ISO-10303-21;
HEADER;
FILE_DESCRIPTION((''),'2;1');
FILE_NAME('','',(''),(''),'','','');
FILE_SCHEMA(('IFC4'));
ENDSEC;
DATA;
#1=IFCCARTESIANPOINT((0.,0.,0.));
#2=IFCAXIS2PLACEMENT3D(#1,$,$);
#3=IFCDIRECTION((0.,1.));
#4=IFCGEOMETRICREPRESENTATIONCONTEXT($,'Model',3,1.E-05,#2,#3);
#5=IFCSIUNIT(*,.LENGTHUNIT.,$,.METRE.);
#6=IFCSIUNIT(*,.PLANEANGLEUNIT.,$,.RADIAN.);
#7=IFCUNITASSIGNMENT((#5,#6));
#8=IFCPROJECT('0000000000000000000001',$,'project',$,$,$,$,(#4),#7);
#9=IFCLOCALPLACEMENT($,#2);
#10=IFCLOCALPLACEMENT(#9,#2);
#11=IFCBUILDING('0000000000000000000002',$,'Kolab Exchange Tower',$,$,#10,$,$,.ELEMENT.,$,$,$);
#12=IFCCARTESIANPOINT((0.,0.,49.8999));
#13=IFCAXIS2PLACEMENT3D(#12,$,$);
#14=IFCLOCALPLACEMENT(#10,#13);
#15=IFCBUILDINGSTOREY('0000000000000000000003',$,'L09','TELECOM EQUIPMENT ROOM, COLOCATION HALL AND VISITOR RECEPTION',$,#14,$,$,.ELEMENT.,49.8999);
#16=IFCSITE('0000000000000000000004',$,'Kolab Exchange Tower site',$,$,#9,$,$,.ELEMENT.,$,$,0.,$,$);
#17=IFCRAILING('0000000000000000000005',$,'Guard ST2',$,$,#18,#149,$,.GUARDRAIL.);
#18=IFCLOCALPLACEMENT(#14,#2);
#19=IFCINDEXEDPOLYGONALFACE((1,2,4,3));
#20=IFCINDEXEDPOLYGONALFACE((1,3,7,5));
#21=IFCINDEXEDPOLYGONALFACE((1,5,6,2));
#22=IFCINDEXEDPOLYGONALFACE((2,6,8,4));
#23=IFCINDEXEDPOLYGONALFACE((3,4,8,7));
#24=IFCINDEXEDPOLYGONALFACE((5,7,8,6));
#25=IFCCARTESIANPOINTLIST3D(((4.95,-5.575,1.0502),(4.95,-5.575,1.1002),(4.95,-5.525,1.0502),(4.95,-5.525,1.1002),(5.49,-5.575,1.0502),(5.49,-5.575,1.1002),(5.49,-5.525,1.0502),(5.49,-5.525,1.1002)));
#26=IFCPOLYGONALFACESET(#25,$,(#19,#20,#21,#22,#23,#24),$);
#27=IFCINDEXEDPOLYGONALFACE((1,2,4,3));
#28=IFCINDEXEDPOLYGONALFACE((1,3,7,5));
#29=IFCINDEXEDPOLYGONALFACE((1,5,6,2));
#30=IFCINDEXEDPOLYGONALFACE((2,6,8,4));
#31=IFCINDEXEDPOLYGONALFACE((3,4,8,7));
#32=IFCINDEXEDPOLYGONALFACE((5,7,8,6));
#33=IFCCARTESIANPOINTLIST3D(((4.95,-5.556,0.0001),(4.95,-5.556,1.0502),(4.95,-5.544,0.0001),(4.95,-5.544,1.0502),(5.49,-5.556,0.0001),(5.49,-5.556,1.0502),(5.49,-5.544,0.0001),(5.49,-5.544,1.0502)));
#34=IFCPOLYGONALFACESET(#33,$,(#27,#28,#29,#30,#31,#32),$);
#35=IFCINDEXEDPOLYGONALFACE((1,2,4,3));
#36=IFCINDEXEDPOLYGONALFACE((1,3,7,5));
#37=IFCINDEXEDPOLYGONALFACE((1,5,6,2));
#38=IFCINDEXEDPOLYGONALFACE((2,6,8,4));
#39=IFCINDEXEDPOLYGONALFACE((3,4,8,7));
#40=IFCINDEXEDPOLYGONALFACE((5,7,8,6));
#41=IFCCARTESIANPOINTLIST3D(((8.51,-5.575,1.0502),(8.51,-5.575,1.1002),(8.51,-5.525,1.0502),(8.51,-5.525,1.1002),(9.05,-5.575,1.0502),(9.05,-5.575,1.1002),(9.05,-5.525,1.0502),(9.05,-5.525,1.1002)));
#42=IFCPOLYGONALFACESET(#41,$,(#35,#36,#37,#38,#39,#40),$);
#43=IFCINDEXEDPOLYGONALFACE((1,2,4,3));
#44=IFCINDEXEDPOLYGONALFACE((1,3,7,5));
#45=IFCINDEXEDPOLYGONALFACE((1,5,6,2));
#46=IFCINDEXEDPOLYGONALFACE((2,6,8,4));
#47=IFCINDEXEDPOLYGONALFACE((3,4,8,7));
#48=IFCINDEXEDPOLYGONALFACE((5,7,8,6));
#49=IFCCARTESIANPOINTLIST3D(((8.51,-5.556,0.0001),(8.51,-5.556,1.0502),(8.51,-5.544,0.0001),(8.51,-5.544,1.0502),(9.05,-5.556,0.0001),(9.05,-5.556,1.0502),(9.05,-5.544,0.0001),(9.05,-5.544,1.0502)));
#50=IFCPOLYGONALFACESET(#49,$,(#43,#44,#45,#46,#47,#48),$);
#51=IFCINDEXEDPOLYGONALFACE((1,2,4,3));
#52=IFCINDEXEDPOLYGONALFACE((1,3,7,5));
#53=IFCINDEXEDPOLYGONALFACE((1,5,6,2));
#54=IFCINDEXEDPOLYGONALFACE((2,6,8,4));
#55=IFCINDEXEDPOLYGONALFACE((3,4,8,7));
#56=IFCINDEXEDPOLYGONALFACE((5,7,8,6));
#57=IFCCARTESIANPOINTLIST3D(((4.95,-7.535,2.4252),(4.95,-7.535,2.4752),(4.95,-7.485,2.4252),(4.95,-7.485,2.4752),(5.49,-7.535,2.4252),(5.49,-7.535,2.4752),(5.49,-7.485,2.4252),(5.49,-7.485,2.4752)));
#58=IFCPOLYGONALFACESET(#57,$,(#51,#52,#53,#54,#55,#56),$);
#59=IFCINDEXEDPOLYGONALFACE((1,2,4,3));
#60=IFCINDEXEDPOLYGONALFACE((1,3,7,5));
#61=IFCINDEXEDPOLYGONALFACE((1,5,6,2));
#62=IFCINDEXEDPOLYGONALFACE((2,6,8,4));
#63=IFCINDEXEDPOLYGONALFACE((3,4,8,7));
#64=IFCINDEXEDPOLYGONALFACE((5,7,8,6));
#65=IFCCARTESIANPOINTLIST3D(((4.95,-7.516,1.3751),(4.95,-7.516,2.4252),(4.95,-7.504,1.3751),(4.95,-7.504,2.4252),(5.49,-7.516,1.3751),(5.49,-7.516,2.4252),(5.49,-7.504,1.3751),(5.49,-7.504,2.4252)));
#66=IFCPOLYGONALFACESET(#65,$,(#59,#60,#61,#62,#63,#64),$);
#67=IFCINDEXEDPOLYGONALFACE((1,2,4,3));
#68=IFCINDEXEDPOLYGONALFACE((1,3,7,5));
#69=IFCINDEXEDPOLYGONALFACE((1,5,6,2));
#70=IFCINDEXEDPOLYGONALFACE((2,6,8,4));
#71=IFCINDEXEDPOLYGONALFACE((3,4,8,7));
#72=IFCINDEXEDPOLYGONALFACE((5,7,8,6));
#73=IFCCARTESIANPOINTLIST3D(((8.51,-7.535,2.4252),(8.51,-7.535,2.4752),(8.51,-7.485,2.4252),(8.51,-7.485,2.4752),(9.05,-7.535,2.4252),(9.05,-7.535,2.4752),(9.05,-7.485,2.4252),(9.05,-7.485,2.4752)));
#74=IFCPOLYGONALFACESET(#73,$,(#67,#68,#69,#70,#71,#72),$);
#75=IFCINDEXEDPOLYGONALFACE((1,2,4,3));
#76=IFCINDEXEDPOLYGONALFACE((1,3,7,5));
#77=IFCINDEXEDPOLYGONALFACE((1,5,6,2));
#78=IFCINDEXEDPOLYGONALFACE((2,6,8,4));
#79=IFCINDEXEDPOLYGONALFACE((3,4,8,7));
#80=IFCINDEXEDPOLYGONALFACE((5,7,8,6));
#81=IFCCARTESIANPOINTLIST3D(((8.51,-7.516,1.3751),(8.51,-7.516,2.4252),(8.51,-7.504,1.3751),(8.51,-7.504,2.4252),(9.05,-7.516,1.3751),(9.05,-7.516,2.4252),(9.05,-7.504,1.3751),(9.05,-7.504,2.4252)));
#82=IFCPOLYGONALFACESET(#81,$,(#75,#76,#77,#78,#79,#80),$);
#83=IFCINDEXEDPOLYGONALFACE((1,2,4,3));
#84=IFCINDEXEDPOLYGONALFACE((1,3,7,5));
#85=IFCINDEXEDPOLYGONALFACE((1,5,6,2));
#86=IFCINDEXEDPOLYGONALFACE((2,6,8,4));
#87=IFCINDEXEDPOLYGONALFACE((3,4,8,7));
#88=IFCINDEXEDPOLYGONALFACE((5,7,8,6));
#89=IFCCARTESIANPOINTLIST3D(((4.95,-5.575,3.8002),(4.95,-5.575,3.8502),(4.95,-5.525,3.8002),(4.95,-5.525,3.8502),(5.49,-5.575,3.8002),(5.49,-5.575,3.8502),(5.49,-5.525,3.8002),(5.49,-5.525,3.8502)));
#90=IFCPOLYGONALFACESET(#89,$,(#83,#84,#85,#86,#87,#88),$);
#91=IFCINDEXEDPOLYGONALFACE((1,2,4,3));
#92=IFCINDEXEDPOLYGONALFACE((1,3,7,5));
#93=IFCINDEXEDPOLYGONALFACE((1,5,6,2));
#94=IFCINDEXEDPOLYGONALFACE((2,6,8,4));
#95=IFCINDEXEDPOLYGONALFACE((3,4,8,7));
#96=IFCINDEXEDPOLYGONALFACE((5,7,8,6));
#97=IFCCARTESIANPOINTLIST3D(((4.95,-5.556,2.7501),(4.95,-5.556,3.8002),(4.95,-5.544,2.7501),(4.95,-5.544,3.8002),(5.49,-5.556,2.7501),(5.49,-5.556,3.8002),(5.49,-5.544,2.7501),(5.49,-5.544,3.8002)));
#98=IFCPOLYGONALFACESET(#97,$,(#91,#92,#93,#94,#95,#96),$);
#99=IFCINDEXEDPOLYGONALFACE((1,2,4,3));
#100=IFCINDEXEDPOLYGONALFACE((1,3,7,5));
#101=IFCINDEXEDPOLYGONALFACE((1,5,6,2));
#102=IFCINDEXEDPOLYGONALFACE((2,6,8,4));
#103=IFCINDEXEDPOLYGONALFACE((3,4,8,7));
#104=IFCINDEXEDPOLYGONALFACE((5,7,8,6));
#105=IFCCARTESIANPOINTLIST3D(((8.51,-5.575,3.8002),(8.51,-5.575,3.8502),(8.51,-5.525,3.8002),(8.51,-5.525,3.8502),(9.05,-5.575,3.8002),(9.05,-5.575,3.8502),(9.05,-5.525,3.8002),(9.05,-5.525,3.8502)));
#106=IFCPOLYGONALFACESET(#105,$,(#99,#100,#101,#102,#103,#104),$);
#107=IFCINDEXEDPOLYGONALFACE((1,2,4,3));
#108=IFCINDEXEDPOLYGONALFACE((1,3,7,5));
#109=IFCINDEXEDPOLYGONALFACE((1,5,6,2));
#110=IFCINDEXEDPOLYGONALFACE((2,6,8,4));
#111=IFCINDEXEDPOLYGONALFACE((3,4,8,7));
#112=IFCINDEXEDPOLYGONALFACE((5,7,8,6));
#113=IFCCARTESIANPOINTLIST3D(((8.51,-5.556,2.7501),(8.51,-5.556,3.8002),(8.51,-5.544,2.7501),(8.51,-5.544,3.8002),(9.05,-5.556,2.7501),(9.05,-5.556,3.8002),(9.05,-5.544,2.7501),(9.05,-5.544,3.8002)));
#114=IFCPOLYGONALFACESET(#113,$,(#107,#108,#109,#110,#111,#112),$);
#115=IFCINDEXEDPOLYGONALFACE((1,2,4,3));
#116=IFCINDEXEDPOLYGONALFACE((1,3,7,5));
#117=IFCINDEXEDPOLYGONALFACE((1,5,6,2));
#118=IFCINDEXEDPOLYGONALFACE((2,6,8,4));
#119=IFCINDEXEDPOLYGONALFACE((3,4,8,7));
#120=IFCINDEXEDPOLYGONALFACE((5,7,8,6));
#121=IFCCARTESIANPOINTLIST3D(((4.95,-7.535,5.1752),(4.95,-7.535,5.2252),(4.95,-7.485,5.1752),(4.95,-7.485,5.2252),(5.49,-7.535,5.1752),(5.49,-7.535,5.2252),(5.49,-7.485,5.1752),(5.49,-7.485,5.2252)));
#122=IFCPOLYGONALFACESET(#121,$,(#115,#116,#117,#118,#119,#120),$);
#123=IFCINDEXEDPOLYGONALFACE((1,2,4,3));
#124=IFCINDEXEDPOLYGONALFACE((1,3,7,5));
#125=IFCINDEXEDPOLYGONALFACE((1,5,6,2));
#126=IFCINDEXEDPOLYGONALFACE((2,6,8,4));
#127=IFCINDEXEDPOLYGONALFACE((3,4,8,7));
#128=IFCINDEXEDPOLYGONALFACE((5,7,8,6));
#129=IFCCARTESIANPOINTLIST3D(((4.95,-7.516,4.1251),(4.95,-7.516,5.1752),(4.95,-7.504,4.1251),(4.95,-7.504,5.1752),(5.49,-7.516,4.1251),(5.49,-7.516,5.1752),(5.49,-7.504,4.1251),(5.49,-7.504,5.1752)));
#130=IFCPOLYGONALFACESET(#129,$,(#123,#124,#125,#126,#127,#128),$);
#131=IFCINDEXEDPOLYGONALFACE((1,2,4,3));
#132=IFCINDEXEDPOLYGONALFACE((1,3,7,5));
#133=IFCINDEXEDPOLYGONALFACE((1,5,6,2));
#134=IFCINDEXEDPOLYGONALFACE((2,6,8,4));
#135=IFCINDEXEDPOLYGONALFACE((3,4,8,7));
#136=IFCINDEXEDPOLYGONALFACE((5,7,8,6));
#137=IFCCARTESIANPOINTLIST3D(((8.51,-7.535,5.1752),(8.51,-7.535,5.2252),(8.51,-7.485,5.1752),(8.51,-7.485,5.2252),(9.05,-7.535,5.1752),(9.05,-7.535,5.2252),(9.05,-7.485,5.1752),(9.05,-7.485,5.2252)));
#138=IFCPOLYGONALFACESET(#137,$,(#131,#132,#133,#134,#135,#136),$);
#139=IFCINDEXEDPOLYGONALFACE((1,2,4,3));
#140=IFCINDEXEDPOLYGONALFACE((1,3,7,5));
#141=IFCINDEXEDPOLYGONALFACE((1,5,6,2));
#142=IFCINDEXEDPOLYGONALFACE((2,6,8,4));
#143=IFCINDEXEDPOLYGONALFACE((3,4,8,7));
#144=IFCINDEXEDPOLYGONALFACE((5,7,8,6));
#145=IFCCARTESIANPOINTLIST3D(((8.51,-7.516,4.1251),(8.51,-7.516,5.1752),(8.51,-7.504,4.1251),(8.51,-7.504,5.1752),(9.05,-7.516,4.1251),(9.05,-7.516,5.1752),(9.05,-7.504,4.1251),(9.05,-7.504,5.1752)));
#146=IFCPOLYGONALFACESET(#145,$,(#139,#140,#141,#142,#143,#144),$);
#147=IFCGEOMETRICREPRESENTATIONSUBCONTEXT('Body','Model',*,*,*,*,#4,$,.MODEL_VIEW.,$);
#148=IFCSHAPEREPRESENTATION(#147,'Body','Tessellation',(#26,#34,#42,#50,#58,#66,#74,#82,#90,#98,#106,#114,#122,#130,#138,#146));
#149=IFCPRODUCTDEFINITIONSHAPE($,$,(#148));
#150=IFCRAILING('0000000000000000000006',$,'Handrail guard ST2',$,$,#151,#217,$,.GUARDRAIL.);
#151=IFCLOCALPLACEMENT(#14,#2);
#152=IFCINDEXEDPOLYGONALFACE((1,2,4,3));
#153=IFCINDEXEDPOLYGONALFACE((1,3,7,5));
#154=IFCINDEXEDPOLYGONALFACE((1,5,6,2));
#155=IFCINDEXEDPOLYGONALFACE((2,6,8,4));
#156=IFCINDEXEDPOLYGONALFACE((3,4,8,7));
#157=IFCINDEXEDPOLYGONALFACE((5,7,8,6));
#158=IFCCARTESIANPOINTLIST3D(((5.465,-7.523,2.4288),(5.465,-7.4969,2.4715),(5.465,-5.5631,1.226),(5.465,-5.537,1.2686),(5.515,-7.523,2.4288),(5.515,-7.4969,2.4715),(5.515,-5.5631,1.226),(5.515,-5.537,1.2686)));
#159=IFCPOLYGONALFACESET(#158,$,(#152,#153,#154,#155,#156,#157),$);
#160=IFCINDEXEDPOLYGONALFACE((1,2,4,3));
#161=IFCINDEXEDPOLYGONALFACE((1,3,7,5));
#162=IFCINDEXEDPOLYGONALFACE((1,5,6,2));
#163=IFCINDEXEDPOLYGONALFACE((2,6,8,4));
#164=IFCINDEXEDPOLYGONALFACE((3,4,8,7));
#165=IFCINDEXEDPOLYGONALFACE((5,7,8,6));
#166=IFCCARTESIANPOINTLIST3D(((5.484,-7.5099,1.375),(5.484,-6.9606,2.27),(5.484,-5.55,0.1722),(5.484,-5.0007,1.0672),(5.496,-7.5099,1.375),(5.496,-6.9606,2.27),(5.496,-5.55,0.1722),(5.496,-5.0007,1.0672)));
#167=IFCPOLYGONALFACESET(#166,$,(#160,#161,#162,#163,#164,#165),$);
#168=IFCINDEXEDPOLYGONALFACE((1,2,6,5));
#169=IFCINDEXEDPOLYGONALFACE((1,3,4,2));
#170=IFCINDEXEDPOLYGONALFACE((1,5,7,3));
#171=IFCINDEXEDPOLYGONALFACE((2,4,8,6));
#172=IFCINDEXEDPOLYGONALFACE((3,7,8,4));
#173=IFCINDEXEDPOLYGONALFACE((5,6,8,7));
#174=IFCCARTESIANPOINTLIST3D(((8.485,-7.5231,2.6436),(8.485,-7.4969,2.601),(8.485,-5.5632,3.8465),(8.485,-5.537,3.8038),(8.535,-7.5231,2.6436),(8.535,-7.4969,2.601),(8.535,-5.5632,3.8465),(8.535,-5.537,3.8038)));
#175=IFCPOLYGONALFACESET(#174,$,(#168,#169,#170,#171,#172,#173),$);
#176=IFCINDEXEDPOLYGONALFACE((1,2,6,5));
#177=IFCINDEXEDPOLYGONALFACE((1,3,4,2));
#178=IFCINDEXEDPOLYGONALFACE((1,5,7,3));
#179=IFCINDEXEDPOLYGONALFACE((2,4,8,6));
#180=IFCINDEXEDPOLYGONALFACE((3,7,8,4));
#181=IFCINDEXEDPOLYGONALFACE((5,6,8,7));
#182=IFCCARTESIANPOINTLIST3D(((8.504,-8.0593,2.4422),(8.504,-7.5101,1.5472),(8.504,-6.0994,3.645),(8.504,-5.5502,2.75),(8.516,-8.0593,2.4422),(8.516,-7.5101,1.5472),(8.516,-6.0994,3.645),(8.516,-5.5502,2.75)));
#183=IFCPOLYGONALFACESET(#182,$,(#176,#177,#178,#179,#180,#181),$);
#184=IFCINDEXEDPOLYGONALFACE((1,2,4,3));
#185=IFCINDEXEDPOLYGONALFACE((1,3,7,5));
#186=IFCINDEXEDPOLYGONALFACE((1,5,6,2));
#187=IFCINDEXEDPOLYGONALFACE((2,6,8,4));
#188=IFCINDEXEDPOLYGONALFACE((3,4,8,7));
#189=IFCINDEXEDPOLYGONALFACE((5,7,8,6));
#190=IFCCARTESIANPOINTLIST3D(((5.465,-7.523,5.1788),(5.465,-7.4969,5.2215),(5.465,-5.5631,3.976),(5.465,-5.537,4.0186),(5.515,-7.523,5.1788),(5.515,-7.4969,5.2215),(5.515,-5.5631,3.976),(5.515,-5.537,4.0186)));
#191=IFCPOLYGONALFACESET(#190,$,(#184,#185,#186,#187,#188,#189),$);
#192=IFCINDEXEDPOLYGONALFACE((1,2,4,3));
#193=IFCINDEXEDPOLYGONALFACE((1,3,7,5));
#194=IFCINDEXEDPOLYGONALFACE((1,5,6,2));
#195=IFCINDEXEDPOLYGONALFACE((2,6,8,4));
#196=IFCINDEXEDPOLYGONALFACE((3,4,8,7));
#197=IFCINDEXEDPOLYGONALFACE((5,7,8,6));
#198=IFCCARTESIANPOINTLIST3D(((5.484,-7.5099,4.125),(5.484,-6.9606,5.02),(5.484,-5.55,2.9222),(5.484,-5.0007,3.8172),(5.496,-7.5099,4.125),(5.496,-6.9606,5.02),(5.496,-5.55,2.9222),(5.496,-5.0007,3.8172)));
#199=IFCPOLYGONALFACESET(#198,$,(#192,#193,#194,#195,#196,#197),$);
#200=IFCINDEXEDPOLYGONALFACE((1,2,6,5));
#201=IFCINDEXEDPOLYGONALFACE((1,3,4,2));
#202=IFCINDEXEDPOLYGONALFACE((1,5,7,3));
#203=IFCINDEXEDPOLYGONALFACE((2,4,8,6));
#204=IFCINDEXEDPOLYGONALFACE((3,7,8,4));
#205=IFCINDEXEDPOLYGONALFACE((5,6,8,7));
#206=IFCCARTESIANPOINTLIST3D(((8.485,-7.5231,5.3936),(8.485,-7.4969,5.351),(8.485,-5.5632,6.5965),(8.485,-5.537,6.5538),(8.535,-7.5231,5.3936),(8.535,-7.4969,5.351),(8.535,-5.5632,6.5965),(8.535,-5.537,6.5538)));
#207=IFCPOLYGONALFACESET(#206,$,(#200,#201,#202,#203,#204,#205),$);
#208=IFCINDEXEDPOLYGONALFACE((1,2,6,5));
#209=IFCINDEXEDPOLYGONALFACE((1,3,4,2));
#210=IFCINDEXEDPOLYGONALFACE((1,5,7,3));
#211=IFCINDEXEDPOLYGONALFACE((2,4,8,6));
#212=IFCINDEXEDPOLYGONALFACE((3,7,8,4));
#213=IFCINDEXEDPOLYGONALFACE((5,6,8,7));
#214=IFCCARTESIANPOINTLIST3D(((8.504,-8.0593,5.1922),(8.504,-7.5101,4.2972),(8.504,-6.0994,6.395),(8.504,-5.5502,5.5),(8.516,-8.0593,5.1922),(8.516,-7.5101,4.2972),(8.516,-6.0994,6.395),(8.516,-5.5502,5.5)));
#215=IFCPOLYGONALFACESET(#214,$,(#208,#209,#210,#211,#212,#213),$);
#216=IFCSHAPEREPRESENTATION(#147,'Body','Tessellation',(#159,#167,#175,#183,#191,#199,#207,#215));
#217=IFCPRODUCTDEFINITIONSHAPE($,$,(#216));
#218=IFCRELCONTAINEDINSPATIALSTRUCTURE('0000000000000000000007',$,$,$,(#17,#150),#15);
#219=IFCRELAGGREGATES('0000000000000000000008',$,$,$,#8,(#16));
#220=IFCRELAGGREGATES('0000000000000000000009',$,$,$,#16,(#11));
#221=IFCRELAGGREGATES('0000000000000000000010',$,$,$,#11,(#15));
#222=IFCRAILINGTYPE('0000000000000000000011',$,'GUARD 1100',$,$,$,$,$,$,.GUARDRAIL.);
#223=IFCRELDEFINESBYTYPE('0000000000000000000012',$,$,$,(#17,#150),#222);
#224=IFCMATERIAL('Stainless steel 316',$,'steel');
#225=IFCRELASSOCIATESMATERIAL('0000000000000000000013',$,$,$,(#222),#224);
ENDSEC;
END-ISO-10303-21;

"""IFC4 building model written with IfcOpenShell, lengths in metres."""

from ifc_helpers import new_model, si_unit, direction, frame, frame_2d, origin, origin_2d, place, context, subcontext, project, spatial, rectangle, extrude, material, type_object, element, save


model = new_model("IFC4")

# Units and contexts
model_context = context("Model", 3, precision=1e-05, world=origin(), true_north=direction((0.0, 1.0)))
body_context = subcontext(model_context, "Body", "Model", "MODEL_VIEW")
ifc_project = project(units=[si_unit("LENGTHUNIT", "METRE"), si_unit("PLANEANGLEUNIT", "RADIAN")], contexts=[model_context])

# Site, building, storey
site_placement = place(None, origin())
site = spatial("IfcSite", under=ifc_project, at=site_placement, Name="Kolab Exchange Tower site", CompositionType="ELEMENT", RefElevation=0.0)
building_placement = place(site_placement, origin())
building = spatial("IfcBuilding", under=site, at=building_placement, Name="Kolab Exchange Tower", CompositionType="ELEMENT")
storey_placement = place(building_placement, frame((0.0, 0.0, 49.8999)))
storey = spatial("IfcBuildingStorey", under=building, at=storey_placement, Name="L09", Description="TELECOM EQUIPMENT ROOM, COLOCATION HALL AND VISITOR RECEPTION", CompositionType="ELEMENT", Elevation=49.8999)

# Shared definitions
ifc_material_1 = material(Name="Stainless steel 316", Category="steel")

# Railings
railing_type = type_object("IfcRailingType", Name="GUARD 1100", PredefinedType="GUARDRAIL", material=ifc_material_1)
railing_1_placement = place(storey_placement, frame((4.95, -5.55, 0.0)))
element("IfcRailing", 1, at=railing_1_placement, inside=storey, type_object=railing_type, Name="Guard ST2", PredefinedType="GUARDRAIL", context=body_context, shape_type="SweptSolid", body=[
    extrude(rectangle(XDim=0.05, YDim=0.05, at=origin_2d()), frame((0.0, 0.0, 1.0752), z_axis=(1.0, 0.0, 0.0), x_axis=(0.0, 1.0, 0.0)), (0.0, 0.0, 1.0), 0.54),
    extrude(rectangle(XDim=0.012, YDim=1.0501, at=frame_2d((0.0, 0.5251))), frame((0.0, 0.0, 0.0), z_axis=(1.0, 0.0, 0.0), x_axis=(0.0, 1.0, 0.0)), (0.0, 0.0, 1.0), 0.54),
    extrude(rectangle(XDim=0.05, YDim=0.05, at=origin_2d()), frame((3.5601, 0.0, 1.0752), z_axis=(1.0, 0.0, 0.0), x_axis=(0.0, 1.0, 0.0)), (0.0, 0.0, 1.0), 0.54),
    extrude(rectangle(XDim=0.012, YDim=1.0501, at=frame_2d((0.0, 0.5251))), frame((3.5601, 0.0, 0.0), z_axis=(1.0, 0.0, 0.0), x_axis=(0.0, 1.0, 0.0)), (0.0, 0.0, 1.0), 0.54),
    extrude(rectangle(XDim=0.05, YDim=0.05, at=origin_2d()), frame((0.0, -1.96, 2.4502), z_axis=(1.0, 0.0, 0.0), x_axis=(0.0, 1.0, 0.0)), (0.0, 0.0, 1.0), 0.54),
    extrude(rectangle(XDim=0.012, YDim=1.0501, at=frame_2d((0.0, 0.5251))), frame((0.0, -1.96, 1.375), z_axis=(1.0, 0.0, 0.0), x_axis=(0.0, 1.0, 0.0)), (0.0, 0.0, 1.0), 0.54),
    extrude(rectangle(XDim=0.05, YDim=0.05, at=origin_2d()), frame((3.5601, -1.96, 2.4502), z_axis=(1.0, 0.0, 0.0), x_axis=(0.0, 1.0, 0.0)), (0.0, 0.0, 1.0), 0.54),
    extrude(rectangle(XDim=0.012, YDim=1.0501, at=frame_2d((0.0, 0.5251))), frame((3.5601, -1.96, 1.375), z_axis=(1.0, 0.0, 0.0), x_axis=(0.0, 1.0, 0.0)), (0.0, 0.0, 1.0), 0.54),
    extrude(rectangle(XDim=0.05, YDim=0.05, at=origin_2d()), frame((0.0, 0.0, 3.8252), z_axis=(1.0, 0.0, 0.0), x_axis=(0.0, 1.0, 0.0)), (0.0, 0.0, 1.0), 0.54),
    extrude(rectangle(XDim=0.012, YDim=1.0501, at=frame_2d((0.0, 0.5251))), frame((0.0, 0.0, 2.75), z_axis=(1.0, 0.0, 0.0), x_axis=(0.0, 1.0, 0.0)), (0.0, 0.0, 1.0), 0.54),
    extrude(rectangle(XDim=0.05, YDim=0.05, at=origin_2d()), frame((3.5601, 0.0, 3.8252), z_axis=(1.0, 0.0, 0.0), x_axis=(0.0, 1.0, 0.0)), (0.0, 0.0, 1.0), 0.54),
    extrude(rectangle(XDim=0.012, YDim=1.0501, at=frame_2d((0.0, 0.5251))), frame((3.5601, 0.0, 2.75), z_axis=(1.0, 0.0, 0.0), x_axis=(0.0, 1.0, 0.0)), (0.0, 0.0, 1.0), 0.54),
    extrude(rectangle(XDim=0.05, YDim=0.05, at=origin_2d()), frame((0.0, -1.96, 5.2002), z_axis=(1.0, 0.0, 0.0), x_axis=(0.0, 1.0, 0.0)), (0.0, 0.0, 1.0), 0.54),
    extrude(rectangle(XDim=0.012, YDim=1.0501, at=frame_2d((0.0, 0.5251))), frame((0.0, -1.96, 4.125), z_axis=(1.0, 0.0, 0.0), x_axis=(0.0, 1.0, 0.0)), (0.0, 0.0, 1.0), 0.54),
    extrude(rectangle(XDim=0.05, YDim=0.05, at=origin_2d()), frame((3.5601, -1.96, 5.2002), z_axis=(1.0, 0.0, 0.0), x_axis=(0.0, 1.0, 0.0)), (0.0, 0.0, 1.0), 0.54),
    extrude(rectangle(XDim=0.012, YDim=1.0501, at=frame_2d((0.0, 0.5251))), frame((3.5601, -1.96, 4.125), z_axis=(1.0, 0.0, 0.0), x_axis=(0.0, 1.0, 0.0)), (0.0, 0.0, 1.0), 0.54),
])
railing_2_placement = place(storey_placement, frame((5.49, -5.55, 0.1721)))
element("IfcRailing", 2, at=railing_2_placement, inside=storey, type_object=railing_type, Name="Handrail guard ST2", PredefinedType="GUARDRAIL", context=body_context, shape_type="SweptSolid", body=[
    extrude(rectangle(XDim=0.05, YDim=0.05, at=origin_2d()), frame((0.0, 0.0, 1.0752), z_axis=(0.0, -0.852288, 0.523072), x_axis=(1.0, 0.0, 0.0)), (0.0, 0.0, 1.0), 2.2996),
    extrude(rectangle(XDim=0.012, YDim=1.0501, at=frame_2d((0.0, 0.5251))), frame((0.0, 0.0, 0.0), z_axis=(0.0, -0.852288, 0.523072), x_axis=(1.0, 0.0, 0.0)), (0.0, 0.0, 1.0), 2.2996),
    extrude(rectangle(XDim=0.05, YDim=0.05, at=origin_2d()), frame((3.02, -1.96, 2.4502), z_axis=(0.0, 0.852288, 0.523072), x_axis=(-1.0, 0.0, 0.0)), (0.0, 0.0, 1.0), 2.2996),
    extrude(rectangle(XDim=0.012, YDim=1.0501, at=frame_2d((0.0, 0.5251))), frame((3.02, -1.96, 1.375), z_axis=(0.0, 0.852288, 0.523072), x_axis=(-1.0, 0.0, 0.0)), (0.0, 0.0, 1.0), 2.2996),
    extrude(rectangle(XDim=0.05, YDim=0.05, at=origin_2d()), frame((0.0, 0.0, 3.8252), z_axis=(0.0, -0.852288, 0.523072), x_axis=(1.0, 0.0, 0.0)), (0.0, 0.0, 1.0), 2.2996),
    extrude(rectangle(XDim=0.012, YDim=1.0501, at=frame_2d((0.0, 0.5251))), frame((0.0, 0.0, 2.75), z_axis=(0.0, -0.852288, 0.523072), x_axis=(1.0, 0.0, 0.0)), (0.0, 0.0, 1.0), 2.2996),
    extrude(rectangle(XDim=0.05, YDim=0.05, at=origin_2d()), frame((3.02, -1.96, 5.2002), z_axis=(0.0, 0.852288, 0.523072), x_axis=(-1.0, 0.0, 0.0)), (0.0, 0.0, 1.0), 2.2996),
    extrude(rectangle(XDim=0.012, YDim=1.0501, at=frame_2d((0.0, 0.5251))), frame((3.02, -1.96, 4.125), z_axis=(0.0, 0.852288, 0.523072), x_axis=(-1.0, 0.0, 0.0)), (0.0, 0.0, 1.0), 2.2996),
])

save(model, "model.ifc")
